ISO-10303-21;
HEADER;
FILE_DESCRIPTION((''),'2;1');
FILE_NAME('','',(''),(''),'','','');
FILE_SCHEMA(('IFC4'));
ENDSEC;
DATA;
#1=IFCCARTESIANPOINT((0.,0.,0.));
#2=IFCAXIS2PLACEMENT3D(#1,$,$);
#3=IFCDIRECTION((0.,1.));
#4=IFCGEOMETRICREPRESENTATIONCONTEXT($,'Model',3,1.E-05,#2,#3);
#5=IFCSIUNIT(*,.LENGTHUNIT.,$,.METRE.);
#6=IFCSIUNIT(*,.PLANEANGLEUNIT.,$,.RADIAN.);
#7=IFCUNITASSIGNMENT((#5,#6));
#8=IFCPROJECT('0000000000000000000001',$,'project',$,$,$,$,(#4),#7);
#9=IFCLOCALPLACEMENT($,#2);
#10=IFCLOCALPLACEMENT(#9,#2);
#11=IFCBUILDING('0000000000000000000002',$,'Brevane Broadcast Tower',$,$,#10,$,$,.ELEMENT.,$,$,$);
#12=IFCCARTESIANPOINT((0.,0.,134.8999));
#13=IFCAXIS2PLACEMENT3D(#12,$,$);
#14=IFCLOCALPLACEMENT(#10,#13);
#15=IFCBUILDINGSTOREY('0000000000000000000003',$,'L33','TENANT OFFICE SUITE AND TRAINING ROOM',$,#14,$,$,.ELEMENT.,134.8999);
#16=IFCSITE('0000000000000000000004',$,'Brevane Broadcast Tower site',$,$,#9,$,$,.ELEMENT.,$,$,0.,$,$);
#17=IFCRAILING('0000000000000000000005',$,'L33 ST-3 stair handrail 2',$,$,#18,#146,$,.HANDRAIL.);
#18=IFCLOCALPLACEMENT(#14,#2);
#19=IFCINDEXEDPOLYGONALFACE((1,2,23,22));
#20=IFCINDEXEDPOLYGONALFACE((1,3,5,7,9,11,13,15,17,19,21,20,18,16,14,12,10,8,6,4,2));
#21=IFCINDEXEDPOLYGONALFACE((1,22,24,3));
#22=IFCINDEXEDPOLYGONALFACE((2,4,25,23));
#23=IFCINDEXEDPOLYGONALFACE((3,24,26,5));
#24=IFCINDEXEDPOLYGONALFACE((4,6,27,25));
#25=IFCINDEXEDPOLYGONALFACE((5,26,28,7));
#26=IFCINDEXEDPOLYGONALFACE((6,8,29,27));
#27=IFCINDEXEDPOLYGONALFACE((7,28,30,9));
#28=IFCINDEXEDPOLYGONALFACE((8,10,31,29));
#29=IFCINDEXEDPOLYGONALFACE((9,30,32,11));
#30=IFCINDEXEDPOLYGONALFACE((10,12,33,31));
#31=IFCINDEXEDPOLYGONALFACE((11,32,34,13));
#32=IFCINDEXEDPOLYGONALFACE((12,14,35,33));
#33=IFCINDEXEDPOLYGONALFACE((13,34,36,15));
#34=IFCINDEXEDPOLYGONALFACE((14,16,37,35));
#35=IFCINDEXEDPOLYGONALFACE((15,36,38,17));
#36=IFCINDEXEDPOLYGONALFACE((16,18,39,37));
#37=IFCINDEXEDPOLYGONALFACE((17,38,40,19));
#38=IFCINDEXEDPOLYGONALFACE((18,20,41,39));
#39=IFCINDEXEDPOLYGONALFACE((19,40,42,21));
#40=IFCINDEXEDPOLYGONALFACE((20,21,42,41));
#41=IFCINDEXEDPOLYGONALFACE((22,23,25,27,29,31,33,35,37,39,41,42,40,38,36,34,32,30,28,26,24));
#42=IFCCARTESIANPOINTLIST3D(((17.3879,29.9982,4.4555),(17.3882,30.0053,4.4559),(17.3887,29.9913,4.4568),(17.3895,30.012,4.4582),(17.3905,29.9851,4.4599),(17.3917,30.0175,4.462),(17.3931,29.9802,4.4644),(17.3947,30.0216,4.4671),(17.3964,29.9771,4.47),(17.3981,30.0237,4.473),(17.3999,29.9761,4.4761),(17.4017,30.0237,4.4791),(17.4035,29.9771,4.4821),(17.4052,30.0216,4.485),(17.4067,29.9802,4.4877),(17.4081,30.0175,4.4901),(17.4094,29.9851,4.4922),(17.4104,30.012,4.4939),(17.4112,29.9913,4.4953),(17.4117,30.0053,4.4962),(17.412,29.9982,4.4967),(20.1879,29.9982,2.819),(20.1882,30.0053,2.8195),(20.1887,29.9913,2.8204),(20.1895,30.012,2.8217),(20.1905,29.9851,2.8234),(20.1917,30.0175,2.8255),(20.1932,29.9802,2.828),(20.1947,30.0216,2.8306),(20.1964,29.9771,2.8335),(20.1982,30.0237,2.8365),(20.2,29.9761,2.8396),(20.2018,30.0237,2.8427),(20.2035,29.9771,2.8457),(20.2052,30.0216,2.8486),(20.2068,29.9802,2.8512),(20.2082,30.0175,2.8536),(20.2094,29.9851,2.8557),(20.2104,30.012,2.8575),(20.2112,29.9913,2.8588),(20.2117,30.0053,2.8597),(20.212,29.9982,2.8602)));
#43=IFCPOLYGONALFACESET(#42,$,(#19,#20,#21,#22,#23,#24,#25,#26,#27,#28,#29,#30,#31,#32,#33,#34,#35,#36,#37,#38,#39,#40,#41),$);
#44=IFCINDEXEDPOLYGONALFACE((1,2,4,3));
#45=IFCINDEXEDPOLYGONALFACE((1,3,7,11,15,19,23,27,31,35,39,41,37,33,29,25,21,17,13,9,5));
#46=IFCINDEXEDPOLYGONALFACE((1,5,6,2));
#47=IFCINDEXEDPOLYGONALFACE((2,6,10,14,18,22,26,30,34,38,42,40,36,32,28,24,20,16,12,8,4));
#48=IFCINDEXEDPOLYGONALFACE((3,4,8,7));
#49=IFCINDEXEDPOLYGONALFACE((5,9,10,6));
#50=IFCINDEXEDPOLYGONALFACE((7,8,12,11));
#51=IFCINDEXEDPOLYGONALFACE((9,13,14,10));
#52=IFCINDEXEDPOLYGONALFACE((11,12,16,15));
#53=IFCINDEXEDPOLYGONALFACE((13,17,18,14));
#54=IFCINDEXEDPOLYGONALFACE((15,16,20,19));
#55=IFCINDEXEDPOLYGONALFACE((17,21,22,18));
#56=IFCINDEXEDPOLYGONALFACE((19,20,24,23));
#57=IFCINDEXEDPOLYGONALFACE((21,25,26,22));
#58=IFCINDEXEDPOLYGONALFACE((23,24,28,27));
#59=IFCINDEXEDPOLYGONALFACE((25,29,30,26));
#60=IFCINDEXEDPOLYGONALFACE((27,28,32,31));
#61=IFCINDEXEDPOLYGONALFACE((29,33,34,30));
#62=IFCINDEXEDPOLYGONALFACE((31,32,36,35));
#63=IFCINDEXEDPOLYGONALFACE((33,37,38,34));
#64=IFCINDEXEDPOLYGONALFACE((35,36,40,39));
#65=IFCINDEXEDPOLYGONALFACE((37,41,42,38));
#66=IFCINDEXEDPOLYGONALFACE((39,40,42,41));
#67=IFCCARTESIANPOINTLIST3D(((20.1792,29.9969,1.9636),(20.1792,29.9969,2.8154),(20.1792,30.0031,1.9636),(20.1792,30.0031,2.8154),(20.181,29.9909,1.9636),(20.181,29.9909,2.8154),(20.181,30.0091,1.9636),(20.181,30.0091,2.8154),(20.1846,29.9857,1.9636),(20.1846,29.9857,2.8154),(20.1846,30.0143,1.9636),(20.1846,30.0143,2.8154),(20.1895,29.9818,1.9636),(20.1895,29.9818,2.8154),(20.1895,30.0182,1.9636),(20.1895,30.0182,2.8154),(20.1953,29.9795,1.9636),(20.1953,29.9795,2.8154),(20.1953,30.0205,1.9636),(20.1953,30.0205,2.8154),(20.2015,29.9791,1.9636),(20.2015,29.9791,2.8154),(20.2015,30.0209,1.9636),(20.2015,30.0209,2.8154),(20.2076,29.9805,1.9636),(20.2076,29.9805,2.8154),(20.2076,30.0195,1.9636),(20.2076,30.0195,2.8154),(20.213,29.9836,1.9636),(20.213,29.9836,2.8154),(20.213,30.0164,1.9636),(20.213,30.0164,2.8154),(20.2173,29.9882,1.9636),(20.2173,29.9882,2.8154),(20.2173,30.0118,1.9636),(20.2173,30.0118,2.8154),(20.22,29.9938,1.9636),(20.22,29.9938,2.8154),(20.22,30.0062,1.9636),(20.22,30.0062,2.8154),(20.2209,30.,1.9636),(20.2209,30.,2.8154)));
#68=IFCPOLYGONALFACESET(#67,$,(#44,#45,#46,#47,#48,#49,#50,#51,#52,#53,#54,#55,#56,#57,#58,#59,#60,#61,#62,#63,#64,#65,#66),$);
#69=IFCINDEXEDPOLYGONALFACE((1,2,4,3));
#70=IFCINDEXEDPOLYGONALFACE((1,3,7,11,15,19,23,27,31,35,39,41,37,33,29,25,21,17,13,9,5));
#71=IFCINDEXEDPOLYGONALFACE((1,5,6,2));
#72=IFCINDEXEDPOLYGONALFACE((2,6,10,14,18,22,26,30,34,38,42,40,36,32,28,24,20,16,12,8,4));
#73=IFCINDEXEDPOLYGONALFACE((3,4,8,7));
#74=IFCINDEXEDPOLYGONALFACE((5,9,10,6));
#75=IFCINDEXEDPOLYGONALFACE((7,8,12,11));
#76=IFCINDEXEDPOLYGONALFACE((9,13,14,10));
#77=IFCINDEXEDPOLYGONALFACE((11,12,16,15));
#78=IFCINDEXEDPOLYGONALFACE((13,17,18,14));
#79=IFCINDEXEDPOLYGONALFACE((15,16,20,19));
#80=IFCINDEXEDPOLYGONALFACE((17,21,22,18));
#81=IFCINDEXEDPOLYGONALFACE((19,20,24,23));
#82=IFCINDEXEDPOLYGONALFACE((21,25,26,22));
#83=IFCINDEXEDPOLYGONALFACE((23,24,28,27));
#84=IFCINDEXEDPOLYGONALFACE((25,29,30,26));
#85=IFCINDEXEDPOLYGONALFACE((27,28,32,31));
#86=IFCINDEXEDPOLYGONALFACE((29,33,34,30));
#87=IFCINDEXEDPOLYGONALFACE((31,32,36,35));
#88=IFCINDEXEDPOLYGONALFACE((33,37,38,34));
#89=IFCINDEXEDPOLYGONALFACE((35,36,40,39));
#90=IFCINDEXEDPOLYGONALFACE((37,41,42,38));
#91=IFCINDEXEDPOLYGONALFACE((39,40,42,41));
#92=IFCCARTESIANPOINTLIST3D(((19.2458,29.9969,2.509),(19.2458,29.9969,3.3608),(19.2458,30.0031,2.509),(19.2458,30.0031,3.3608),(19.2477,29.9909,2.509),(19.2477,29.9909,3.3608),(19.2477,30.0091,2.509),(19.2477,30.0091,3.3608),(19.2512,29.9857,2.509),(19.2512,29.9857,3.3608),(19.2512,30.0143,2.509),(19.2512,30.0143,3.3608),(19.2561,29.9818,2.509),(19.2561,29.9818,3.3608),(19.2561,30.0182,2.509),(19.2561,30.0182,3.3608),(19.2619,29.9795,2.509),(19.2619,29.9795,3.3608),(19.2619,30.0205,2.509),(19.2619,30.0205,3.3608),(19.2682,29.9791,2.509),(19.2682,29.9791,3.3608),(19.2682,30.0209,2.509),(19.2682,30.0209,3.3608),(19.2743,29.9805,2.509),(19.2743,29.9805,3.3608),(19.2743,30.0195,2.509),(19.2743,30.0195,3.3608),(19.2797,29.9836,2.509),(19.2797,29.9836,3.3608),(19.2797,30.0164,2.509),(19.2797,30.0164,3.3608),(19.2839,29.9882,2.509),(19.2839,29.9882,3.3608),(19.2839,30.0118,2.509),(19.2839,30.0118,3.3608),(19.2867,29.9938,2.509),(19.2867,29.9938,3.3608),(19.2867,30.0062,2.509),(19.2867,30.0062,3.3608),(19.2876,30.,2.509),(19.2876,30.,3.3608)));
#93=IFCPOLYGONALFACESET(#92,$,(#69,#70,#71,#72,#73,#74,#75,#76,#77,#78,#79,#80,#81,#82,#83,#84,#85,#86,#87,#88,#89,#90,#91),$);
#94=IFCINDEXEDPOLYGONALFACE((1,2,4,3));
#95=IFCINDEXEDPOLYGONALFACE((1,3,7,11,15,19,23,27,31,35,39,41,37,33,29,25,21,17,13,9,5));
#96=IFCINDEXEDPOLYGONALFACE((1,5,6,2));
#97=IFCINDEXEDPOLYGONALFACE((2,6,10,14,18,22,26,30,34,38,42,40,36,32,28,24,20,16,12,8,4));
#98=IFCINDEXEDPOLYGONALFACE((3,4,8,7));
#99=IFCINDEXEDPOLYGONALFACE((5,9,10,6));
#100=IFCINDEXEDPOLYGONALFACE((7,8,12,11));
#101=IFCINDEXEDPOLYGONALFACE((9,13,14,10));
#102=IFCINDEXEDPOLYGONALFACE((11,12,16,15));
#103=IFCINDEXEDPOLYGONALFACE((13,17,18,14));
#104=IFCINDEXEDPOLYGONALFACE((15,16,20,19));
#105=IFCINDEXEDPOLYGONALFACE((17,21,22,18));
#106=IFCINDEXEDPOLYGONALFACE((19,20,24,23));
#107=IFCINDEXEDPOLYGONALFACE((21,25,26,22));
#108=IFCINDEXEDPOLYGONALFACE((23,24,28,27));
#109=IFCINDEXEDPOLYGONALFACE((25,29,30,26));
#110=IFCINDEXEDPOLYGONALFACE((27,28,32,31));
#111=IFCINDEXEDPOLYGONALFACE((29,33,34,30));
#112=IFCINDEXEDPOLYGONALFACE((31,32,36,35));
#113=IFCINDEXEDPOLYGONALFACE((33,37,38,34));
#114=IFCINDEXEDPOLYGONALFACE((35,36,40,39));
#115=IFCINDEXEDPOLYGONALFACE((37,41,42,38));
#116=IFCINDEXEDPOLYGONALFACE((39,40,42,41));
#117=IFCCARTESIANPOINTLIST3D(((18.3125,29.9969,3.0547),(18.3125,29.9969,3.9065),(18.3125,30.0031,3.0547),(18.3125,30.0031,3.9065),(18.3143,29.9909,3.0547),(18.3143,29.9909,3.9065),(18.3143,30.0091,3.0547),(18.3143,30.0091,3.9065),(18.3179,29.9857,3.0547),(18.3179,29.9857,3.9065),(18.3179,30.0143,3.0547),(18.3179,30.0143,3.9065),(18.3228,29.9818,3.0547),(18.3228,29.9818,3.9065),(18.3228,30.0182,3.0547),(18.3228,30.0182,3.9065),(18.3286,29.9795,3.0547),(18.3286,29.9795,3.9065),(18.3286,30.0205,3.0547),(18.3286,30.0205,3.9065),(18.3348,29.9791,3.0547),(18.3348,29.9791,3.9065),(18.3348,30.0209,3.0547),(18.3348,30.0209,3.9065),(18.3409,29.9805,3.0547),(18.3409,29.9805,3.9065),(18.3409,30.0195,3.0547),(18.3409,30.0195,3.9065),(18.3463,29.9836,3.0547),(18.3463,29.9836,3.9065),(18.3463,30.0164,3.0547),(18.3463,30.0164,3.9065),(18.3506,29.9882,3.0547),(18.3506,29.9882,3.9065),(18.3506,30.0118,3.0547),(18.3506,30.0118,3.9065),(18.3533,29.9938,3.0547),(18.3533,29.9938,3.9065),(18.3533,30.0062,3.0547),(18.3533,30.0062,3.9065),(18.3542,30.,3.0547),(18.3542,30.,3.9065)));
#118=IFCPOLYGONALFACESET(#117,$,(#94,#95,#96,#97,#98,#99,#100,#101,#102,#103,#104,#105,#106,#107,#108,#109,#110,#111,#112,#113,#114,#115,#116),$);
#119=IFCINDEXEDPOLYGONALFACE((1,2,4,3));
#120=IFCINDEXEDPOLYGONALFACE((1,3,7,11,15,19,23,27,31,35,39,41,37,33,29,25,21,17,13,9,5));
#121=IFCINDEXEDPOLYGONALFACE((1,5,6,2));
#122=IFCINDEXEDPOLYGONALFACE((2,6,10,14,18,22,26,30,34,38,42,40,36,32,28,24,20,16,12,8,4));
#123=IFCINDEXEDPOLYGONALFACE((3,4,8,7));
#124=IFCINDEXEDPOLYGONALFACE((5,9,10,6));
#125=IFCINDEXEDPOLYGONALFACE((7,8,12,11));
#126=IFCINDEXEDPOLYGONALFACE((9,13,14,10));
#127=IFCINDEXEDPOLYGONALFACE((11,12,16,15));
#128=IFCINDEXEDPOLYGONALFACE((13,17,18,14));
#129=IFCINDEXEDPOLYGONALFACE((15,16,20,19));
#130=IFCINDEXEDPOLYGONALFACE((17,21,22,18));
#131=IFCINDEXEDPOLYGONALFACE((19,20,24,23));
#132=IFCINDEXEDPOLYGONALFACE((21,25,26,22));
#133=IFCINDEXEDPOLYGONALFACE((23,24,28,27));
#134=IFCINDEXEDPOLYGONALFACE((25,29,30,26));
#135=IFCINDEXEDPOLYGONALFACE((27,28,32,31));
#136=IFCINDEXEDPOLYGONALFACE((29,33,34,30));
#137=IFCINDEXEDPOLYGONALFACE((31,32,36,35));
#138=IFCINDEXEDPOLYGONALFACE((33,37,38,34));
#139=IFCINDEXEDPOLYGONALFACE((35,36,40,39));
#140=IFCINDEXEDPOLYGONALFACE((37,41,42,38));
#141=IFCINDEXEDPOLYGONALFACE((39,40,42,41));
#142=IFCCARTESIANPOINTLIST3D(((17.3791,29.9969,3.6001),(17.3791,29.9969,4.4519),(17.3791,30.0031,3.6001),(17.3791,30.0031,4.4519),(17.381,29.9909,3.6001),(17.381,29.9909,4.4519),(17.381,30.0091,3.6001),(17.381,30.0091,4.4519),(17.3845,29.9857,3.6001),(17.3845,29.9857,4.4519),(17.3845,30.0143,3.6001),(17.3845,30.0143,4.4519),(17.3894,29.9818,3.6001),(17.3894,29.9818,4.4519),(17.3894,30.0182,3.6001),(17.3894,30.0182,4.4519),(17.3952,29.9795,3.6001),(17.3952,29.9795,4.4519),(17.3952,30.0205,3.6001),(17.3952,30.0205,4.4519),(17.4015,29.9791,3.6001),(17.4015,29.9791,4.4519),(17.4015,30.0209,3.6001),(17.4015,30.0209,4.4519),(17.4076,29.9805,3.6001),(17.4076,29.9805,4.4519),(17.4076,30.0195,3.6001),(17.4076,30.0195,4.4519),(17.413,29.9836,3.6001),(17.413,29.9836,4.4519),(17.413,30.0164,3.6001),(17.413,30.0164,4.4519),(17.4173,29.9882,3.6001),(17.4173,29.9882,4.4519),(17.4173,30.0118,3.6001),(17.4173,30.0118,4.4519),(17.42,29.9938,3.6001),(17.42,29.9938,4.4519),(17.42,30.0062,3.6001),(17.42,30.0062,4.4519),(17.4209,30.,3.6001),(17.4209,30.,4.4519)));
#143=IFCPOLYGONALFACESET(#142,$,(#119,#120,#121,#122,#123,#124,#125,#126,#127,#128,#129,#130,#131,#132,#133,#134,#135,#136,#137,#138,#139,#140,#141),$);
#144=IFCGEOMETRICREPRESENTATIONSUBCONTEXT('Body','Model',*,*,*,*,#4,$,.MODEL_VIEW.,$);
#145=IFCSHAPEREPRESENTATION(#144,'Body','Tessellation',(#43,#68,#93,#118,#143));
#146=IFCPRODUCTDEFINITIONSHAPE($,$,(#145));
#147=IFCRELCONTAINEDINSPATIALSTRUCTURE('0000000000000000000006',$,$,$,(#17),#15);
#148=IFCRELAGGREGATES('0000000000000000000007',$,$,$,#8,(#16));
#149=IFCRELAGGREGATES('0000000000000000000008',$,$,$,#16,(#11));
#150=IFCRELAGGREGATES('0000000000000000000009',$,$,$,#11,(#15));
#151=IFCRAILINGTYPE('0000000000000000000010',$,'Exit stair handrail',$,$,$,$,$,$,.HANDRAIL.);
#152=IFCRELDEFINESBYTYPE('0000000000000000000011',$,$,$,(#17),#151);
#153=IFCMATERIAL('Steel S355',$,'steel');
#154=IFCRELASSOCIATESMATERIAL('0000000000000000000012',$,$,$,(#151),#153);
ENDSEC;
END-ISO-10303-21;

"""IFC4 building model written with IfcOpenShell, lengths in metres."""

from ifc_helpers import new_model, si_unit, direction, frame, origin, origin_2d, place, context, subcontext, project, spatial, circle, extrude, material, type_object, element, save


model = new_model("IFC4")

# Units and contexts
model_context = context("Model", 3, precision=1e-05, world=origin(), true_north=direction((0.0, 1.0)))
body_context = subcontext(model_context, "Body", "Model", "MODEL_VIEW")
ifc_project = project(units=[si_unit("LENGTHUNIT", "METRE"), si_unit("PLANEANGLEUNIT", "RADIAN")], contexts=[model_context])

# Site, building, storey
site_placement = place(None, origin())
site = spatial("IfcSite", under=ifc_project, at=site_placement, Name="Brevane Broadcast Tower site", CompositionType="ELEMENT", RefElevation=0.0)
building_placement = place(site_placement, origin())
building = spatial("IfcBuilding", under=site, at=building_placement, Name="Brevane Broadcast Tower", CompositionType="ELEMENT")
storey_placement = place(building_placement, frame((0.0, 0.0, 134.8999)))
storey = spatial("IfcBuildingStorey", under=building, at=storey_placement, Name="L33", Description="TENANT OFFICE SUITE AND TRAINING ROOM", CompositionType="ELEMENT", Elevation=134.8999)

# Railing
ifc_material_1 = material(Name="Steel S355", Category="steel")
railing_type_1 = type_object("IfcRailingType", Name="Exit stair handrail", PredefinedType="HANDRAIL", material=ifc_material_1)
railing_1_placement = place(storey_placement, frame((20.2, 30.0, 1.9636)))
element("IfcRailing", 1, at=railing_1_placement, inside=storey, type_object=railing_type_1, Name="L33 ST-3 stair handrail 2", PredefinedType="HANDRAIL", context=body_context, shape_type="SweptSolid", body=[
    extrude(circle(Radius=0.0239, at=origin_2d()), frame((0.0, 0.0, 0.876), z_axis=(-0.863361, 0.0, 0.504587), x_axis=(0.0, -1.0, 0.0)), (0.0, 0.0, 1.0), 3.2432),
    extrude(circle(Radius=0.021, at=origin_2d()), origin(), (0.0, 0.0, 1.0), 0.8518),
    extrude(circle(Radius=0.021, at=origin_2d()), frame((-0.9333, 0.0, 0.5454)), (0.0, 0.0, 1.0), 0.8518),
    extrude(circle(Radius=0.021, at=origin_2d()), frame((-1.8667, 0.0, 1.0911)), (0.0, 0.0, 1.0), 0.8518),
    extrude(circle(Radius=0.021, at=origin_2d()), frame((-2.8, 0.0, 1.6365)), (0.0, 0.0, 1.0), 0.8518),
])

save(model, "model.ifc")
